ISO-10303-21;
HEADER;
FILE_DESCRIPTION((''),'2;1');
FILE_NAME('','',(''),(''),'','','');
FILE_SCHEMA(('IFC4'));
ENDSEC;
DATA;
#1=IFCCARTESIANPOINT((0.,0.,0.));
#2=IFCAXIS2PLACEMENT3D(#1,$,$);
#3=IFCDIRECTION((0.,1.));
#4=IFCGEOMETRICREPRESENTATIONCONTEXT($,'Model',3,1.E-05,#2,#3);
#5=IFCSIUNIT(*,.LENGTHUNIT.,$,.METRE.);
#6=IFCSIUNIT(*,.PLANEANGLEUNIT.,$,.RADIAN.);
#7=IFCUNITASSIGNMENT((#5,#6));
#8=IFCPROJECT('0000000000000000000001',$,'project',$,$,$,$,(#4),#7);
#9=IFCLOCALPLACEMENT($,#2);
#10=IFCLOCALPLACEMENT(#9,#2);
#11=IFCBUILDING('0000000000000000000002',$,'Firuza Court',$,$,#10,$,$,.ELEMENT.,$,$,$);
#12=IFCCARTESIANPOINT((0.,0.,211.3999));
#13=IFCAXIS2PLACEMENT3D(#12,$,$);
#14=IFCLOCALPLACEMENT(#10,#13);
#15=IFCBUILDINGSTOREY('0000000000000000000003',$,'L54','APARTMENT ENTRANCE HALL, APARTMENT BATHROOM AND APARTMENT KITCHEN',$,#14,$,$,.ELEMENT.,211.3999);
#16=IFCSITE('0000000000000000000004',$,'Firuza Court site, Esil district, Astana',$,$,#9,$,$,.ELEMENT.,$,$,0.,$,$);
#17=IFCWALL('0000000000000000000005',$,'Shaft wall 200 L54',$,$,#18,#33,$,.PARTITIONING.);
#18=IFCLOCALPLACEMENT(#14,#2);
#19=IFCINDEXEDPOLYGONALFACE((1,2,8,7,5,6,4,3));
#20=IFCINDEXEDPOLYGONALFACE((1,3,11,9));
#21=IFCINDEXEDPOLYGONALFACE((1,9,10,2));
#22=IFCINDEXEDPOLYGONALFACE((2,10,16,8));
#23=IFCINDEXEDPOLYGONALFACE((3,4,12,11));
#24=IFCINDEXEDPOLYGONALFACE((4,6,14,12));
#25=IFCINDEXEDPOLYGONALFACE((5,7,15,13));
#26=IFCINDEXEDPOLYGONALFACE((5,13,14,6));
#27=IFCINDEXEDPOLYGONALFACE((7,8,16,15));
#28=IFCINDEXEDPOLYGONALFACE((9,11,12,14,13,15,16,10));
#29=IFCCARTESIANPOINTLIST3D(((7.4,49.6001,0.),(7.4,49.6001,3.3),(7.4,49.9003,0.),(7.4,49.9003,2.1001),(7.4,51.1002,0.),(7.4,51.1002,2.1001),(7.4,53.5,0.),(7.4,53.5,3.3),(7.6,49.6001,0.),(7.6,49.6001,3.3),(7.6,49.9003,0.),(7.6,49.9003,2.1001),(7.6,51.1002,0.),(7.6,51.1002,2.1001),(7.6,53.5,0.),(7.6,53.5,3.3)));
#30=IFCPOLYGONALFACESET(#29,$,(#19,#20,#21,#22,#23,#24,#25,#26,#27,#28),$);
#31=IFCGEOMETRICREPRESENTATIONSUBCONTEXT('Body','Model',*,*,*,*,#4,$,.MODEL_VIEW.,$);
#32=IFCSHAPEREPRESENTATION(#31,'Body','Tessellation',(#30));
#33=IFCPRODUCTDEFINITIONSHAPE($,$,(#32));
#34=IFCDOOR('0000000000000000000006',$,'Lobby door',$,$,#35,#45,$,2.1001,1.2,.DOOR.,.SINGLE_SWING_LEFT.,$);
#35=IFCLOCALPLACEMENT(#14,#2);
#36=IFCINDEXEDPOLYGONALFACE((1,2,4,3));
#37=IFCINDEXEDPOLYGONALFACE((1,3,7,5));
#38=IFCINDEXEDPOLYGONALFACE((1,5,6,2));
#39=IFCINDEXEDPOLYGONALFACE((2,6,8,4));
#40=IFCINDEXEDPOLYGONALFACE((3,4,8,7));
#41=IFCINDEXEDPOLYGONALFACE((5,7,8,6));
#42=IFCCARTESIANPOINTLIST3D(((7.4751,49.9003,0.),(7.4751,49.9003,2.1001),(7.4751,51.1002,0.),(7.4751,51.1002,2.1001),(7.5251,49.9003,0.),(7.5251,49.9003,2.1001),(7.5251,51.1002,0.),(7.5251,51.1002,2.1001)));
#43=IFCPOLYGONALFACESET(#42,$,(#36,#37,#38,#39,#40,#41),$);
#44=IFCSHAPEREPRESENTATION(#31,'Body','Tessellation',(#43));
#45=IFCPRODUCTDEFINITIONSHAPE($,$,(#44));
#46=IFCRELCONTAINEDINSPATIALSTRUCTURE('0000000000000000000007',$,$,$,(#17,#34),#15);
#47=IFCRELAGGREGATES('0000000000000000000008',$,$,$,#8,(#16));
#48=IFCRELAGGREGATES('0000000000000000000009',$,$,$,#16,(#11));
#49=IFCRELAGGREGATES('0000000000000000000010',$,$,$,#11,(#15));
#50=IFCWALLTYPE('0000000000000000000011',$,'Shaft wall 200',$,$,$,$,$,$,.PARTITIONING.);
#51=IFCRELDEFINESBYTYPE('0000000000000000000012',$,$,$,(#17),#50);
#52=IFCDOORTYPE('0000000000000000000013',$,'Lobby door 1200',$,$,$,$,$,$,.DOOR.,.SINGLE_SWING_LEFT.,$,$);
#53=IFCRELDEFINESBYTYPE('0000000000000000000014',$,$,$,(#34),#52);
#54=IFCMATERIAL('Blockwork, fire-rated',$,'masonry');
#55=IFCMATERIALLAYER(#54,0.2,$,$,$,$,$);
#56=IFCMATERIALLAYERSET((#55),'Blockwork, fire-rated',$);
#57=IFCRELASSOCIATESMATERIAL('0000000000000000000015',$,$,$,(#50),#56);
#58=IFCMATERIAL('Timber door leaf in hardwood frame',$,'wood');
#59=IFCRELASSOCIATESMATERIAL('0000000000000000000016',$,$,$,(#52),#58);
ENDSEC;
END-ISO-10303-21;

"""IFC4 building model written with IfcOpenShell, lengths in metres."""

from ifc_helpers import new_model, si_unit, direction, frame, frame_2d, origin, place, context, subcontext, project, spatial, rectangle, extrude, material, layer, layer_set, type_object, element, fill, save


model = new_model("IFC4")

# Units and contexts
model_context = context("Model", 3, precision=1e-05, world=origin(), true_north=direction((0.0, 1.0)))
body_context = subcontext(model_context, "Body", "Model", "MODEL_VIEW")
ifc_project = project(units=[si_unit("LENGTHUNIT", "METRE"), si_unit("PLANEANGLEUNIT", "RADIAN")], contexts=[model_context])

# Site, building, storey
site_placement = place(None, origin())
site = spatial("IfcSite", under=ifc_project, at=site_placement, Name="Firuza Court site, Esil district, Astana", CompositionType="ELEMENT", RefElevation=0.0)
building_placement = place(site_placement, origin())
building = spatial("IfcBuilding", under=site, at=building_placement, Name="Firuza Court", CompositionType="ELEMENT")
storey_placement = place(building_placement, frame((0.0, 0.0, 211.3999)))
storey = spatial("IfcBuildingStorey", under=building, at=storey_placement, Name="L54", Description="APARTMENT ENTRANCE HALL, APARTMENT BATHROOM AND APARTMENT KITCHEN", CompositionType="ELEMENT", Elevation=211.3999)

# Shared definitions
ifc_material_1 = material(Name="Blockwork, fire-rated", Category="masonry")
ifc_layer_1 = layer(ifc_material_1, 0.2)
ifc_layer_set_1 = layer_set([ifc_layer_1], Name="Blockwork, fire-rated")
wall_type_1 = type_object("IfcWallType", Name="Shaft wall 200", PredefinedType="PARTITIONING", material=ifc_layer_set_1)

# Wall, opening, door
wall_1_placement = place(storey_placement, frame((7.5, 49.6001, 0.0), z_axis=(0.0, 0.0, 1.0), x_axis=(0.0, 1.0, 0.0)))
wall_1 = element("IfcWall", 1, at=wall_1_placement, inside=storey, type_object=wall_type_1, Name="Shaft wall 200 L54", PredefinedType="PARTITIONING", context=body_context, shape_type="SweptSolid", body=[
    extrude(rectangle(XDim=3.8999, YDim=0.2, at=frame_2d((1.95, 0.0))), origin(), (0.0, 0.0, 1.0), 3.3),
])
opening_1_placement = place(wall_1_placement, frame((0.3, 0.0, 0.0)))
opening_1 = element("IfcOpeningElement", 2, at=opening_1_placement, cuts=wall_1, PredefinedType="OPENING", context=body_context, shape_type="SweptSolid", body=[
    extrude(rectangle(XDim=1.2, YDim=2.1001, at=frame_2d((0.6001, 1.05))), frame((0.0, 0.1118, 0.0), z_axis=(0.0, -1.0, 0.0), x_axis=(1.0, 0.0, 0.0)), (0.0, 0.0, 1.0), 0.2239),
])
ifc_material_2 = material(Name="Timber door leaf in hardwood frame", Category="wood")
door_type_1 = type_object("IfcDoorType", Name="Lobby door 1200", OperationType="SINGLE_SWING_LEFT", PredefinedType="DOOR", material=ifc_material_2)
door_1_placement = place(opening_1_placement, origin())
door_1 = element("IfcDoor", 3, at=door_1_placement, inside=storey, type_object=door_type_1, Name="Lobby door", OperationType="SINGLE_SWING_LEFT", OverallHeight=2.1001, OverallWidth=1.2, PredefinedType="DOOR", context=body_context, shape_type="SweptSolid", body=[
    extrude(rectangle(XDim=1.2, YDim=2.1001, at=frame_2d((0.6001, 1.05))), frame((0.0, 0.0249, 0.0), z_axis=(0.0, -1.0, 0.0), x_axis=(1.0, 0.0, 0.0)), (0.0, 0.0, 1.0), 0.05),
])
fill(opening_1, door_1)

save(model, "model.ifc")
